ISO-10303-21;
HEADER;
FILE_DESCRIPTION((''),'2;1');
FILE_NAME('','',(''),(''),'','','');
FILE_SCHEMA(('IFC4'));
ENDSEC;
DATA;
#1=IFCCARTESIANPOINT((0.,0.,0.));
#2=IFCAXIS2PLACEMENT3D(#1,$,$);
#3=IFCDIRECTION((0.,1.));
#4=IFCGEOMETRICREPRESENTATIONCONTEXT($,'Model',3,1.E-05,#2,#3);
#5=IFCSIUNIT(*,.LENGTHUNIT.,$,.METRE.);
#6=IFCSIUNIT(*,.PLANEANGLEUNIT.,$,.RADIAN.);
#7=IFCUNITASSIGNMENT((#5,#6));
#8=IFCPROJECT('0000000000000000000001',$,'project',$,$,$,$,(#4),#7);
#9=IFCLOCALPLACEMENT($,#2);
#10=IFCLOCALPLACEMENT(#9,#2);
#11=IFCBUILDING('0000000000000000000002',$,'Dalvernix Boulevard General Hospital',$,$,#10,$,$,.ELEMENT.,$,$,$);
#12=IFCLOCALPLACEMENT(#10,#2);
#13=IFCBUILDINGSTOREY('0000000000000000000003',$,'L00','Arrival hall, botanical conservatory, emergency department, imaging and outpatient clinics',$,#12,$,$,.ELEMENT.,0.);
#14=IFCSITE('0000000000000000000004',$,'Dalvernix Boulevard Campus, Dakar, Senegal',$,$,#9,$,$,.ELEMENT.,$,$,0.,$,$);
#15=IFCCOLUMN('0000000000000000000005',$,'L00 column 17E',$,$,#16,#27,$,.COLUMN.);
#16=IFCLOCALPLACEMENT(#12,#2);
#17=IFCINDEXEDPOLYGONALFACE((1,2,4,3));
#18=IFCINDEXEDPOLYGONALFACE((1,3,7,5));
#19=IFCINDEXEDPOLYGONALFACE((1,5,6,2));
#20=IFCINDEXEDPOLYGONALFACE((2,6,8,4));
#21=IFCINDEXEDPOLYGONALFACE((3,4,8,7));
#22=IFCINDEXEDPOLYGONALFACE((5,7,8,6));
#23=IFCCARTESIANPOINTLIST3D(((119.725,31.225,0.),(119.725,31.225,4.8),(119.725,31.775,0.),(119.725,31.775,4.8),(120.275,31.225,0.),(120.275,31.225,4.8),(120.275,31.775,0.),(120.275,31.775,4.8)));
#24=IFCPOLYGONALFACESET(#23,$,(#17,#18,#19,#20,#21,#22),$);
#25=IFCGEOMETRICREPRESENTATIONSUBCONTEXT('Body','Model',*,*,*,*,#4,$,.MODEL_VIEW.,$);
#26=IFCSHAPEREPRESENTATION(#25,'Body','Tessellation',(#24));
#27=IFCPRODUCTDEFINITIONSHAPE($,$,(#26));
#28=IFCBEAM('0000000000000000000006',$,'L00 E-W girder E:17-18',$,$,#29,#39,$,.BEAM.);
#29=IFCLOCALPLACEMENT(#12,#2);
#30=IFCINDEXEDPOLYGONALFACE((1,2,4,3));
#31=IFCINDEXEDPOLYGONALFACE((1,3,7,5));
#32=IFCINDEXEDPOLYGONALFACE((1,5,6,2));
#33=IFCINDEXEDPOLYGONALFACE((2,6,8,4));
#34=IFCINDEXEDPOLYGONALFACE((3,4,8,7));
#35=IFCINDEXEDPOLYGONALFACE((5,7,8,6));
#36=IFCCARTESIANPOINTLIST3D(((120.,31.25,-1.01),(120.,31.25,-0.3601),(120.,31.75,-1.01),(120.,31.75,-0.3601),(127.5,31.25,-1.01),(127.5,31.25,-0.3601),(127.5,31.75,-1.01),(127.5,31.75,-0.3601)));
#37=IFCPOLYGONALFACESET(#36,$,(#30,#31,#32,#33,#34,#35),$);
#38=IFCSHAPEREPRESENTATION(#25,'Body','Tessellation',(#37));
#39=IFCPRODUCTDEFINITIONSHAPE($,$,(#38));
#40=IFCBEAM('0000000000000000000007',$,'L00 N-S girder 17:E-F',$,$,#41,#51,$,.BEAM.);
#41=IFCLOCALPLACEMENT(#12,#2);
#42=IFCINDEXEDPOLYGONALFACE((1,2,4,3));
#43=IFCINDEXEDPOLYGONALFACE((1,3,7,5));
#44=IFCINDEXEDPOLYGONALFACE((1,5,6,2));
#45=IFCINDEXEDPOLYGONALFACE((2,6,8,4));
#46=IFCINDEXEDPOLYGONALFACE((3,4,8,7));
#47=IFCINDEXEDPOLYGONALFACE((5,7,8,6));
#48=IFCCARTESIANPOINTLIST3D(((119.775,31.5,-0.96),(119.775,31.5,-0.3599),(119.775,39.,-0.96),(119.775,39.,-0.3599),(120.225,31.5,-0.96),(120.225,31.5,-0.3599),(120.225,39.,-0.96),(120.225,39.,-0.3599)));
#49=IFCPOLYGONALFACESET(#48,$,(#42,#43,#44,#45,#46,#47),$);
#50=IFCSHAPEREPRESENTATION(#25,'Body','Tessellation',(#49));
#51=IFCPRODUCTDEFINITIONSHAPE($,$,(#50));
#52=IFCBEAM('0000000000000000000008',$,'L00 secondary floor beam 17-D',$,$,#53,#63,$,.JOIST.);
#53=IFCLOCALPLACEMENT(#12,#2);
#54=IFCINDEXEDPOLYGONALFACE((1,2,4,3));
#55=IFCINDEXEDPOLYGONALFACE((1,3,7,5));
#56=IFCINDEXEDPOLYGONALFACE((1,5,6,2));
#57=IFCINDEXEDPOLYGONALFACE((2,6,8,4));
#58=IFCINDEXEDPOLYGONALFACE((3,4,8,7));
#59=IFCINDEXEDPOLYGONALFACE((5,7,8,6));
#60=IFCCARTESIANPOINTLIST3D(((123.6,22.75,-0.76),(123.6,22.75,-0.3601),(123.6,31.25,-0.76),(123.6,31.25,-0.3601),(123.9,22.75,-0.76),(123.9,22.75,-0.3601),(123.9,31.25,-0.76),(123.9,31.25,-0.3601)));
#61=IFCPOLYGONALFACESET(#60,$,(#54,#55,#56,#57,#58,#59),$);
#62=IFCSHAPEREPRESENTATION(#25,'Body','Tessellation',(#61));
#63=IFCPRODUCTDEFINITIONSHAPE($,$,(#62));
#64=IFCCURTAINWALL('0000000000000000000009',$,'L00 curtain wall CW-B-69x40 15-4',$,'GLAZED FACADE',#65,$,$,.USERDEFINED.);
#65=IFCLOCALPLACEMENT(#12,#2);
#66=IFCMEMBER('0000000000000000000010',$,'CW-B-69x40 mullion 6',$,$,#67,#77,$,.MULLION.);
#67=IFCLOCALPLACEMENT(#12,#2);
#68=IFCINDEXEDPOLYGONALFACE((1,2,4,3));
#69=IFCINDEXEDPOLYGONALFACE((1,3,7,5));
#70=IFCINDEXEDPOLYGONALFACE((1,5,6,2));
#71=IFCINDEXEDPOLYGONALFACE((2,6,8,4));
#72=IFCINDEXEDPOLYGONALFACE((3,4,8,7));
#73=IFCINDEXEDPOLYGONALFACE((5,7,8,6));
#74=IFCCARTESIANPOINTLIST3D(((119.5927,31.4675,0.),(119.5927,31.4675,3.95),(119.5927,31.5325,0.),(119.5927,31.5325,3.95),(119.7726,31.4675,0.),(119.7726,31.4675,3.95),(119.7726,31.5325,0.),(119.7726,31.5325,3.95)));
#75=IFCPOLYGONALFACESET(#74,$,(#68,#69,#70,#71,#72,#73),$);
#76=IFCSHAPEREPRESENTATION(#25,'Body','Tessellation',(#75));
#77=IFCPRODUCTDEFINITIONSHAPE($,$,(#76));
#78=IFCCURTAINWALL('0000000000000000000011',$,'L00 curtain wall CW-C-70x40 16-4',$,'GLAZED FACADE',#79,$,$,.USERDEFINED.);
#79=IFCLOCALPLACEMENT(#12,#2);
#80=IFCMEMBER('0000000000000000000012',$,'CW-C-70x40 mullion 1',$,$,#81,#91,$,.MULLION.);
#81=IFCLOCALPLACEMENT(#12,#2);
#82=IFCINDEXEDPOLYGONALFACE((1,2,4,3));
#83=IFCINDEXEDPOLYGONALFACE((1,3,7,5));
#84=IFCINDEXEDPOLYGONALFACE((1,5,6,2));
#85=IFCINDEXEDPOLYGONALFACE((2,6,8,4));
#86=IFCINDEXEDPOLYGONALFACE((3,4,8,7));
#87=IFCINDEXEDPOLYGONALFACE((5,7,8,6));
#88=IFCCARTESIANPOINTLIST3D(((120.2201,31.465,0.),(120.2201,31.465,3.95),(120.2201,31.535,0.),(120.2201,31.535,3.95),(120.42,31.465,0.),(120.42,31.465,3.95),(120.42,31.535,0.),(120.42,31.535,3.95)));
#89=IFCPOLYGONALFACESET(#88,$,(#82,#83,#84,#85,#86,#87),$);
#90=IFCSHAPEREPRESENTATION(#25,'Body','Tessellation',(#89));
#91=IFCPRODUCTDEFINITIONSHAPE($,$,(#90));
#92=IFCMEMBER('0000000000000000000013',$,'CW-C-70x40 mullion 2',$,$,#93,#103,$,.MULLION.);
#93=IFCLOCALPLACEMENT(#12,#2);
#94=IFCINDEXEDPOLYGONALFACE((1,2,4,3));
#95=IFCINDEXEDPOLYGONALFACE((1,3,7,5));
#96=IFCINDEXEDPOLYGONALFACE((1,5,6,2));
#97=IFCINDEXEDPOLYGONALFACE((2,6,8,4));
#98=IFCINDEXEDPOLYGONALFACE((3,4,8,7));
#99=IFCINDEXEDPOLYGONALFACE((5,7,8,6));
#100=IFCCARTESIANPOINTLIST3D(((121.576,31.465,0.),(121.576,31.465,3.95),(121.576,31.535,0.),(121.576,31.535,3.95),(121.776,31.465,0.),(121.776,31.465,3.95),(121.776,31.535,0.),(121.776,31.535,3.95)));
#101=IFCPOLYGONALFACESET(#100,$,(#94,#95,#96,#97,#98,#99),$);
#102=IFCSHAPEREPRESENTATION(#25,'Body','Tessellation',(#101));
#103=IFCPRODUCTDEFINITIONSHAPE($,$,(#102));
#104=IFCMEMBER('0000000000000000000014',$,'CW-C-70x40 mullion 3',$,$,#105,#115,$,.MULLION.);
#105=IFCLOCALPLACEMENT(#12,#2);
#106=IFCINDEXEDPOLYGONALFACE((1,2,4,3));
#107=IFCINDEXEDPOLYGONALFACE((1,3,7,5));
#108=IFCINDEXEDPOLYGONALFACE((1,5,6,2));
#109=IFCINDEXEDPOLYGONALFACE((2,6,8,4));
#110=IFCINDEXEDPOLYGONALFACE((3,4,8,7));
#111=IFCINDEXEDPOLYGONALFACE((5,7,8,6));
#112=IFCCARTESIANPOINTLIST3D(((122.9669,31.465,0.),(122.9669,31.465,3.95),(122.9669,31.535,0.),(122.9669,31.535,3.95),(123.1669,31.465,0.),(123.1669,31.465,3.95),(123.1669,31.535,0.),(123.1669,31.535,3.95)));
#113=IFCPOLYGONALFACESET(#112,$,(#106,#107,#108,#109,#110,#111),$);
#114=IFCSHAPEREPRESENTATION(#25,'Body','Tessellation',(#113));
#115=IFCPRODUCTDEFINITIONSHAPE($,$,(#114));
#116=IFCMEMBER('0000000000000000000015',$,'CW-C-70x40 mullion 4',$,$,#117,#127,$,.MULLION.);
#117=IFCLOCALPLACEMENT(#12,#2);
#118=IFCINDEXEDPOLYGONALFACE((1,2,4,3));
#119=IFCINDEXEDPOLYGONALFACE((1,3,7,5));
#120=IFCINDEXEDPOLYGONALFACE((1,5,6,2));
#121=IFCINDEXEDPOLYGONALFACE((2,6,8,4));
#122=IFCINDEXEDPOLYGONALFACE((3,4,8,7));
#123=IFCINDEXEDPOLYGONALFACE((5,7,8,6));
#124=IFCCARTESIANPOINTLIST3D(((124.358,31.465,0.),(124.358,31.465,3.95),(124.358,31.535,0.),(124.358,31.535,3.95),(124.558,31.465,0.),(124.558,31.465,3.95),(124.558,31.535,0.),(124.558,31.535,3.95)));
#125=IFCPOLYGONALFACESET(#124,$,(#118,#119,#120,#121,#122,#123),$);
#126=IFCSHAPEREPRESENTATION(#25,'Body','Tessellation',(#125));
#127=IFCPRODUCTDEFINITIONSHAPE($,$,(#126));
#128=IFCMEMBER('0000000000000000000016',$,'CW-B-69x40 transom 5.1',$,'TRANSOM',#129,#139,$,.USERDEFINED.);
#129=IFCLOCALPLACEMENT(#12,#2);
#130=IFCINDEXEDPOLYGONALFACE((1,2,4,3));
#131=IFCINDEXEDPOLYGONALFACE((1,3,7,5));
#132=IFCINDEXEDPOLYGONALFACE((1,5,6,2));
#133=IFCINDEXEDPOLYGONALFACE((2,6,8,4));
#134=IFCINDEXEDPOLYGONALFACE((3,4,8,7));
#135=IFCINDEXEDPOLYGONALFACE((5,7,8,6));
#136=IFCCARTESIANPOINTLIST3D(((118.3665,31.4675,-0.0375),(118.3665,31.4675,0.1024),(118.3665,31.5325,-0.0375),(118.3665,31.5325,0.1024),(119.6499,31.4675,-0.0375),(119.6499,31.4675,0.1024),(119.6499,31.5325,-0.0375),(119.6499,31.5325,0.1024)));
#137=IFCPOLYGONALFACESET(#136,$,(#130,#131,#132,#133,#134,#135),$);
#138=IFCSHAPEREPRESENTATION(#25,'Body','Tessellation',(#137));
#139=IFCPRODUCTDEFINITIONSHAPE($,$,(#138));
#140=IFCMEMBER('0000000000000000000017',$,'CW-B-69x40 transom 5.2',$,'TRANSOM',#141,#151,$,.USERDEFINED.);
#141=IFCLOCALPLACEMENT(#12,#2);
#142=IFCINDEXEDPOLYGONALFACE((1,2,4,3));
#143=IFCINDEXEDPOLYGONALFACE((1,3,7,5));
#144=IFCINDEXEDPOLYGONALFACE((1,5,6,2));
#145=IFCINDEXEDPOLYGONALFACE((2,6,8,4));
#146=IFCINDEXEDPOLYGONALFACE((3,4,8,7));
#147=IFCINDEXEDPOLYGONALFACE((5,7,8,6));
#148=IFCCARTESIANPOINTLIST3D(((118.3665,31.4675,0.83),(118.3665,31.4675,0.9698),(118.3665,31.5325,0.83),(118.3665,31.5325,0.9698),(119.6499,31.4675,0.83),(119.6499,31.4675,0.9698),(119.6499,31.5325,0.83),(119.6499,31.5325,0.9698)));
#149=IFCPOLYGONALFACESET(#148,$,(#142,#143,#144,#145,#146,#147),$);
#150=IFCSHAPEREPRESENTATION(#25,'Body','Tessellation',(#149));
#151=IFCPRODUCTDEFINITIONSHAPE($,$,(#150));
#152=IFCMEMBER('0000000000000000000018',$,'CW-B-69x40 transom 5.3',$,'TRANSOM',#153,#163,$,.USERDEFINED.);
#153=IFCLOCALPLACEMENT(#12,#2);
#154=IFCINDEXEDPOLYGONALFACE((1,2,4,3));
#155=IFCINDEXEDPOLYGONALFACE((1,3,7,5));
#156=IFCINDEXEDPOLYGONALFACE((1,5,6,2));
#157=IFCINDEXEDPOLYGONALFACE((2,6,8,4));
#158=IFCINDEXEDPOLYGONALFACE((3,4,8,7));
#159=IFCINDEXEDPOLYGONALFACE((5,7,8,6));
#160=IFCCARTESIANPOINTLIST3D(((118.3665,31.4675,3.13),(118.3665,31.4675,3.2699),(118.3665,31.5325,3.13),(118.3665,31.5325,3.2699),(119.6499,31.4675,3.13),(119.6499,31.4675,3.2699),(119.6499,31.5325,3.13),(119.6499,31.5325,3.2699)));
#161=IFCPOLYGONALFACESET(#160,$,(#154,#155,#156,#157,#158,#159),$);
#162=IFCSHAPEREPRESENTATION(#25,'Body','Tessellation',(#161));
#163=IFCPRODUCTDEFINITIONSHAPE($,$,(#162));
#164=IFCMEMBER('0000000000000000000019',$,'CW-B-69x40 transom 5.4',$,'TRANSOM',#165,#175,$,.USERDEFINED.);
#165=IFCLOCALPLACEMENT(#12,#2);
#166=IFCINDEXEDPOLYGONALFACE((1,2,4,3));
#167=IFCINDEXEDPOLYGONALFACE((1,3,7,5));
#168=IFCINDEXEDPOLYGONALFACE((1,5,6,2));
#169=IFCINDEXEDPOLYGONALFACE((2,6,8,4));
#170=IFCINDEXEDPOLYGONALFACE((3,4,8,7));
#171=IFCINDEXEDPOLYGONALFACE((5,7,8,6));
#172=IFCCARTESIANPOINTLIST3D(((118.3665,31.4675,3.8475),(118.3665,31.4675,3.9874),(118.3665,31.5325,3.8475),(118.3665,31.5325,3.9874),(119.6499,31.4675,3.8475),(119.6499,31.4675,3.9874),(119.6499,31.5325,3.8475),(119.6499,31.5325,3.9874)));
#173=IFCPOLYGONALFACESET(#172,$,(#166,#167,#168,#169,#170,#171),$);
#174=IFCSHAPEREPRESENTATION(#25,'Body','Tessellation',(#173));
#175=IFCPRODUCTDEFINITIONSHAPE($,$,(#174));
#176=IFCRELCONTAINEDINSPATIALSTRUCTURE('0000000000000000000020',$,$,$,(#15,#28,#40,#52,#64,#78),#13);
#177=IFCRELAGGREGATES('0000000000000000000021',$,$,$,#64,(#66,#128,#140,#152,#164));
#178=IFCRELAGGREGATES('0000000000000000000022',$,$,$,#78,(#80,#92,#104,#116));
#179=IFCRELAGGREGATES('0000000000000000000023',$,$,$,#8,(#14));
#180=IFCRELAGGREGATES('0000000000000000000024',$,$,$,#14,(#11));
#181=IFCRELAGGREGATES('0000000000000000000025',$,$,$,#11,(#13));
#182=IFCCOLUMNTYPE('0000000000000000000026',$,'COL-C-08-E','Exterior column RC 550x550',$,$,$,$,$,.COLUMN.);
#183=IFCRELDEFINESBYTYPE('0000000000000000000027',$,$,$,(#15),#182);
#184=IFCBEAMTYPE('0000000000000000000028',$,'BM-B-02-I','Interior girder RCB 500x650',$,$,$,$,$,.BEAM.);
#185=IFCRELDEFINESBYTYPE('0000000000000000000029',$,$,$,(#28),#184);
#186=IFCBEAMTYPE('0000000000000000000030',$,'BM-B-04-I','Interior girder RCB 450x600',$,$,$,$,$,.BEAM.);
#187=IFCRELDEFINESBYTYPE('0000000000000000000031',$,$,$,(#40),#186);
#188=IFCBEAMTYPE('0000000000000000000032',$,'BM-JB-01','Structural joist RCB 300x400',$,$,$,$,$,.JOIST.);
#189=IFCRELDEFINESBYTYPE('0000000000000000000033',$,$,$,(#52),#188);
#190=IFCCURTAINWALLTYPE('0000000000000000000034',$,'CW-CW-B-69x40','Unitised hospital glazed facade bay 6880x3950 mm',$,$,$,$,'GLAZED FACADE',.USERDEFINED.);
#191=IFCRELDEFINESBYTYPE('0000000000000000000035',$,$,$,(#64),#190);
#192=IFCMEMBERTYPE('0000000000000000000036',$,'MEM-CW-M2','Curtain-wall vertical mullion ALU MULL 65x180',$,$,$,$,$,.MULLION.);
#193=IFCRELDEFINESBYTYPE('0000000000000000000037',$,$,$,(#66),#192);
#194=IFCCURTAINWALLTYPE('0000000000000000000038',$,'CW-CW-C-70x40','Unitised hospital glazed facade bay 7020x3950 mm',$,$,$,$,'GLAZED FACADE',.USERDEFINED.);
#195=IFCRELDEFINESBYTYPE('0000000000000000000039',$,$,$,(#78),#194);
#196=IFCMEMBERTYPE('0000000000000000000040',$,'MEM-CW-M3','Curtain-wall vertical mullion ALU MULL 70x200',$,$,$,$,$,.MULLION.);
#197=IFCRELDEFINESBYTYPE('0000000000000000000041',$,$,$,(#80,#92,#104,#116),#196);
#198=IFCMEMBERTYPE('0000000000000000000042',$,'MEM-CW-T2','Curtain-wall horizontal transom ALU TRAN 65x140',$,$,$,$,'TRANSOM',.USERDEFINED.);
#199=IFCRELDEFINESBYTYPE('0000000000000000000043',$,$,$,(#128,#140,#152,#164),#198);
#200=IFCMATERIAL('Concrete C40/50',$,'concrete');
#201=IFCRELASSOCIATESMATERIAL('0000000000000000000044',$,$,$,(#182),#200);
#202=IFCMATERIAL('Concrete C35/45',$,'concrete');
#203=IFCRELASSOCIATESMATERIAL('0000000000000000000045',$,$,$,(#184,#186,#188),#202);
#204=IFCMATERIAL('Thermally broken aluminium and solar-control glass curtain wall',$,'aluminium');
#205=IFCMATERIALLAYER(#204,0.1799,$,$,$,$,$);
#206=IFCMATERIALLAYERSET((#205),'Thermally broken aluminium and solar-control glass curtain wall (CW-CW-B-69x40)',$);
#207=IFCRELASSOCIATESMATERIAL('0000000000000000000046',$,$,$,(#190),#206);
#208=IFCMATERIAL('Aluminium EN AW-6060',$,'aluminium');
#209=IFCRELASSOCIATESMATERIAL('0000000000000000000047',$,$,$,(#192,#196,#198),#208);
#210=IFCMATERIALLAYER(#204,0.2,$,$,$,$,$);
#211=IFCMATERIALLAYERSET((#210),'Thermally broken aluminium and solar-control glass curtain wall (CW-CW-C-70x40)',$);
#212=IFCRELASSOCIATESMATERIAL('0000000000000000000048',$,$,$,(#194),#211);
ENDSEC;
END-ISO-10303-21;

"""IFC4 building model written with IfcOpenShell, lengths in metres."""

from ifc_helpers import new_model, si_unit, direction, frame, origin, origin_2d, place, context, subcontext, project, spatial, rectangle, extrude, material, layer, layer_set, material_profile, profile_set, type_object, element, aggregate, save


model = new_model("IFC4")

# Units and contexts
model_context = context("Model", 3, precision=1e-05, world=origin(), true_north=direction((0.0, 1.0)))
body_context = subcontext(model_context, "Body", "Model", "MODEL_VIEW")
ifc_project = project(units=[si_unit("LENGTHUNIT", "METRE"), si_unit("PLANEANGLEUNIT", "RADIAN")], contexts=[model_context])

# Site, building, storey
site_placement = place(None, origin())
site = spatial("IfcSite", under=ifc_project, at=site_placement, Name="Dalvernix Boulevard Campus, Dakar, Senegal", CompositionType="ELEMENT", RefElevation=0.0)
building_placement = place(site_placement, origin())
building = spatial("IfcBuilding", under=site, at=building_placement, Name="Dalvernix Boulevard General Hospital", CompositionType="ELEMENT")
storey_placement = place(building_placement, origin())
storey = spatial("IfcBuildingStorey", under=building, at=storey_placement, Name="L00", Description="Arrival hall, botanical conservatory, emergency department, imaging and outpatient clinics", CompositionType="ELEMENT", Elevation=0.0)

# Column
ifc_material_1 = material(Name="Concrete C40/50", Category="concrete")
ifc_material_profile_1 = material_profile(ifc_material_1, rectangle(XDim=0.55, YDim=0.55, at=origin_2d()), Name="RC 550x550")
ifc_profile_set_1 = profile_set([ifc_material_profile_1], Name="Concrete C40/50")
column_type = type_object("IfcColumnType", Name="COL-C-08-E", Description="Exterior column RC 550x550", PredefinedType="COLUMN", material=ifc_profile_set_1)
column_placement = place(storey_placement, frame((120.0, 31.5, 0.0), z_axis=(0.0, 0.0, 1.0), x_axis=(1.0, 0.0, 0.0)))
element("IfcColumn", 1, at=column_placement, inside=storey, type_object=column_type, Name="L00 column 17E", PredefinedType="COLUMN", context=body_context, shape_type="SweptSolid", body=[
    extrude(rectangle(XDim=0.55, YDim=0.55, at=origin_2d()), origin(), (0.0, 0.0, 1.0), 4.8),
])

# Beams
ifc_material_2 = material(Name="Concrete C35/45", Category="concrete")
ifc_material_profile_2 = material_profile(ifc_material_2, rectangle(XDim=0.5, YDim=0.6499, at=origin_2d()), Name="RCB 500x650")
ifc_profile_set_2 = profile_set([ifc_material_profile_2], Name="Concrete C35/45")
beam_type_1 = type_object("IfcBeamType", Name="BM-B-02-I", Description="Interior girder RCB 500x650", PredefinedType="BEAM", material=ifc_profile_set_2)
beam_1_placement = place(storey_placement, frame((120.0, 31.5, -0.6851), z_axis=(1.0, 0.0, 0.0), x_axis=(0.0, 1.0, 0.0)))
element("IfcBeam", 2, at=beam_1_placement, inside=storey, type_object=beam_type_1, Name="L00 E-W girder E:17-18", PredefinedType="BEAM", context=body_context, shape_type="SweptSolid", body=[
    extrude(rectangle(XDim=0.5, YDim=0.6499, at=origin_2d()), origin(), (0.0, 0.0, 1.0), 7.5),
])
ifc_material_profile_3 = material_profile(ifc_material_2, rectangle(XDim=0.45, YDim=0.6001, at=origin_2d()), Name="RCB 450x600")
ifc_profile_set_3 = profile_set([ifc_material_profile_3], Name="Concrete C35/45")
beam_type_2 = type_object("IfcBeamType", Name="BM-B-04-I", Description="Interior girder RCB 450x600", PredefinedType="BEAM", material=ifc_profile_set_3)
beam_2_placement = place(storey_placement, frame((120.0, 31.5, -0.6599), z_axis=(0.0, 1.0, 0.0), x_axis=(-1.0, 0.0, 0.0)))
element("IfcBeam", 3, at=beam_2_placement, inside=storey, type_object=beam_type_2, Name="L00 N-S girder 17:E-F", PredefinedType="BEAM", context=body_context, shape_type="SweptSolid", body=[
    extrude(rectangle(XDim=0.45, YDim=0.6001, at=origin_2d()), origin(), (0.0, 0.0, 1.0), 7.5),
])
ifc_material_profile_4 = material_profile(ifc_material_2, rectangle(XDim=0.3, YDim=0.3999, at=origin_2d()), Name="RCB 300x400")
ifc_profile_set_4 = profile_set([ifc_material_profile_4], Name="Concrete C35/45")
beam_type_3 = type_object("IfcBeamType", Name="BM-JB-01", Description="Structural joist RCB 300x400", PredefinedType="JOIST", material=ifc_profile_set_4)
beam_3_placement = place(storey_placement, frame((123.75, 22.75, -0.5601), z_axis=(0.0, 1.0, 0.0), x_axis=(-1.0, 0.0, 0.0)))
element("IfcBeam", 4, at=beam_3_placement, inside=storey, type_object=beam_type_3, Name="L00 secondary floor beam 17-D", PredefinedType="JOIST", context=body_context, shape_type="SweptSolid", body=[
    extrude(rectangle(XDim=0.3, YDim=0.3999, at=origin_2d()), origin(), (0.0, 0.0, 1.0), 8.5),
])

# Curtain wall, member
ifc_material_3 = material(Name="Thermally broken aluminium and solar-control glass curtain wall", Category="aluminium")
ifc_layer_1 = layer(ifc_material_3, 0.1799)
ifc_layer_set_1 = layer_set([ifc_layer_1], Name="Thermally broken aluminium and solar-control glass curtain wall (CW-CW-B-69x40)")
curtain_wall_type_1 = type_object("IfcCurtainWallType", Name="CW-CW-B-69x40", Description="Unitised hospital glazed facade bay 6880x3950 mm", ElementType="GLAZED FACADE", PredefinedType="USERDEFINED", material=ifc_layer_set_1)
curtain_wall_1_placement = place(storey_placement, origin())
curtain_wall_1 = element("IfcCurtainWall", 5, at=curtain_wall_1_placement, inside=storey, type_object=curtain_wall_type_1, Name="L00 curtain wall CW-B-69x40 15-4", ObjectType="GLAZED FACADE", PredefinedType="USERDEFINED")
ifc_material_4 = material(Name="Aluminium EN AW-6060", Category="aluminium")
ifc_material_profile_5 = material_profile(ifc_material_4, rectangle(XDim=0.0649, YDim=0.1799, at=origin_2d()), Name="ALU MULL 65x180")
ifc_profile_set_5 = profile_set([ifc_material_profile_5], Name="Aluminium EN AW-6060")
member_type_1 = type_object("IfcMemberType", Name="MEM-CW-M2", Description="Curtain-wall vertical mullion ALU MULL 65x180", PredefinedType="MULLION", material=ifc_profile_set_5)
member_1_placement = place(storey_placement, frame((119.6826, 31.5, 0.0), z_axis=(0.0, 0.0, 1.0), x_axis=(0.0, 1.0, 0.0)))
member_1 = element("IfcMember", 6, at=member_1_placement, type_object=member_type_1, Name="CW-B-69x40 mullion 6", PredefinedType="MULLION", context=body_context, shape_type="SweptSolid", body=[
    extrude(rectangle(XDim=0.0649, YDim=0.1799, at=origin_2d()), origin(), (0.0, 0.0, 1.0), 3.95),
])

# Curtain wall, members
ifc_layer_2 = layer(ifc_material_3, 0.2)
ifc_layer_set_2 = layer_set([ifc_layer_2], Name="Thermally broken aluminium and solar-control glass curtain wall (CW-CW-C-70x40)")
curtain_wall_type_2 = type_object("IfcCurtainWallType", Name="CW-CW-C-70x40", Description="Unitised hospital glazed facade bay 7020x3950 mm", ElementType="GLAZED FACADE", PredefinedType="USERDEFINED", material=ifc_layer_set_2)
curtain_wall_2_placement = place(storey_placement, origin())
curtain_wall_2 = element("IfcCurtainWall", 7, at=curtain_wall_2_placement, inside=storey, type_object=curtain_wall_type_2, Name="L00 curtain wall CW-C-70x40 16-4", ObjectType="GLAZED FACADE", PredefinedType="USERDEFINED")
ifc_material_profile_6 = material_profile(ifc_material_4, rectangle(XDim=0.0701, YDim=0.2, at=origin_2d()), Name="ALU MULL 70x200")
ifc_profile_set_6 = profile_set([ifc_material_profile_6], Name="Aluminium EN AW-6060")
member_type_2 = type_object("IfcMemberType", Name="MEM-CW-M3", Description="Curtain-wall vertical mullion ALU MULL 70x200", PredefinedType="MULLION", material=ifc_profile_set_6)
member_2_placement = place(storey_placement, frame((120.3201, 31.5, 0.0), z_axis=(0.0, 0.0, 1.0), x_axis=(0.0, 1.0, 0.0)))
member_2 = element("IfcMember", 8, at=member_2_placement, type_object=member_type_2, Name="CW-C-70x40 mullion 1", PredefinedType="MULLION", context=body_context, shape_type="SweptSolid", body=[
    extrude(rectangle(XDim=0.0701, YDim=0.2, at=origin_2d()), origin(), (0.0, 0.0, 1.0), 3.95),
])
member_3_placement = place(storey_placement, frame((121.676, 31.5, 0.0), z_axis=(0.0, 0.0, 1.0), x_axis=(0.0, 1.0, 0.0)))
member_3 = element("IfcMember", 9, at=member_3_placement, type_object=member_type_2, Name="CW-C-70x40 mullion 2", PredefinedType="MULLION", context=body_context, shape_type="SweptSolid", body=[
    extrude(rectangle(XDim=0.0701, YDim=0.2, at=origin_2d()), origin(), (0.0, 0.0, 1.0), 3.95),
])
member_4_placement = place(storey_placement, frame((123.0669, 31.5, 0.0), z_axis=(0.0, 0.0, 1.0), x_axis=(0.0, 1.0, 0.0)))
member_4 = element("IfcMember", 10, at=member_4_placement, type_object=member_type_2, Name="CW-C-70x40 mullion 3", PredefinedType="MULLION", context=body_context, shape_type="SweptSolid", body=[
    extrude(rectangle(XDim=0.0701, YDim=0.2, at=origin_2d()), origin(), (0.0, 0.0, 1.0), 3.95),
])
member_5_placement = place(storey_placement, frame((124.458, 31.5, 0.0), z_axis=(0.0, 0.0, 1.0), x_axis=(0.0, 1.0, 0.0)))
member_5 = element("IfcMember", 11, at=member_5_placement, type_object=member_type_2, Name="CW-C-70x40 mullion 4", PredefinedType="MULLION", context=body_context, shape_type="SweptSolid", body=[
    extrude(rectangle(XDim=0.0701, YDim=0.2, at=origin_2d()), origin(), (0.0, 0.0, 1.0), 3.95),
])

# Members
ifc_material_profile_7 = material_profile(ifc_material_4, rectangle(XDim=0.0649, YDim=0.1399, at=origin_2d()), Name="ALU TRAN 65x140")
ifc_profile_set_7 = profile_set([ifc_material_profile_7], Name="Aluminium EN AW-6060")
member_type_3 = type_object("IfcMemberType", Name="MEM-CW-T2", Description="Curtain-wall horizontal transom ALU TRAN 65x140", ElementType="TRANSOM", PredefinedType="USERDEFINED", material=ifc_profile_set_7)
member_6_placement = place(storey_placement, frame((118.3665, 31.5, 0.0325), z_axis=(1.0, 0.0, 0.0), x_axis=(0.0, 1.0, 0.0)))
member_6 = element("IfcMember", 12, at=member_6_placement, type_object=member_type_3, Name="CW-B-69x40 transom 5.1", ObjectType="TRANSOM", PredefinedType="USERDEFINED", context=body_context, shape_type="SweptSolid", body=[
    extrude(rectangle(XDim=0.0649, YDim=0.1399, at=origin_2d()), origin(), (0.0, 0.0, 1.0), 1.2834),
])
member_7_placement = place(storey_placement, frame((118.3665, 31.5, 0.8999), z_axis=(1.0, 0.0, 0.0), x_axis=(0.0, 1.0, 0.0)))
member_7 = element("IfcMember", 13, at=member_7_placement, type_object=member_type_3, Name="CW-B-69x40 transom 5.2", ObjectType="TRANSOM", PredefinedType="USERDEFINED", context=body_context, shape_type="SweptSolid", body=[
    extrude(rectangle(XDim=0.0649, YDim=0.1399, at=origin_2d()), origin(), (0.0, 0.0, 1.0), 1.2834),
])
member_8_placement = place(storey_placement, frame((118.3665, 31.5, 3.2), z_axis=(1.0, 0.0, 0.0), x_axis=(0.0, 1.0, 0.0)))
member_8 = element("IfcMember", 14, at=member_8_placement, type_object=member_type_3, Name="CW-B-69x40 transom 5.3", ObjectType="TRANSOM", PredefinedType="USERDEFINED", context=body_context, shape_type="SweptSolid", body=[
    extrude(rectangle(XDim=0.0649, YDim=0.1399, at=origin_2d()), origin(), (0.0, 0.0, 1.0), 1.2834),
])
member_9_placement = place(storey_placement, frame((118.3665, 31.5, 3.9175), z_axis=(1.0, 0.0, 0.0), x_axis=(0.0, 1.0, 0.0)))
member_9 = element("IfcMember", 15, at=member_9_placement, type_object=member_type_3, Name="CW-B-69x40 transom 5.4", ObjectType="TRANSOM", PredefinedType="USERDEFINED", context=body_context, shape_type="SweptSolid", body=[
    extrude(rectangle(XDim=0.0649, YDim=0.1399, at=origin_2d()), origin(), (0.0, 0.0, 1.0), 1.2834),
])

aggregate(curtain_wall_1, [member_1, member_6, member_7, member_8, member_9])
aggregate(curtain_wall_2, [member_2, member_3, member_4, member_5])

save(model, "model.ifc")
